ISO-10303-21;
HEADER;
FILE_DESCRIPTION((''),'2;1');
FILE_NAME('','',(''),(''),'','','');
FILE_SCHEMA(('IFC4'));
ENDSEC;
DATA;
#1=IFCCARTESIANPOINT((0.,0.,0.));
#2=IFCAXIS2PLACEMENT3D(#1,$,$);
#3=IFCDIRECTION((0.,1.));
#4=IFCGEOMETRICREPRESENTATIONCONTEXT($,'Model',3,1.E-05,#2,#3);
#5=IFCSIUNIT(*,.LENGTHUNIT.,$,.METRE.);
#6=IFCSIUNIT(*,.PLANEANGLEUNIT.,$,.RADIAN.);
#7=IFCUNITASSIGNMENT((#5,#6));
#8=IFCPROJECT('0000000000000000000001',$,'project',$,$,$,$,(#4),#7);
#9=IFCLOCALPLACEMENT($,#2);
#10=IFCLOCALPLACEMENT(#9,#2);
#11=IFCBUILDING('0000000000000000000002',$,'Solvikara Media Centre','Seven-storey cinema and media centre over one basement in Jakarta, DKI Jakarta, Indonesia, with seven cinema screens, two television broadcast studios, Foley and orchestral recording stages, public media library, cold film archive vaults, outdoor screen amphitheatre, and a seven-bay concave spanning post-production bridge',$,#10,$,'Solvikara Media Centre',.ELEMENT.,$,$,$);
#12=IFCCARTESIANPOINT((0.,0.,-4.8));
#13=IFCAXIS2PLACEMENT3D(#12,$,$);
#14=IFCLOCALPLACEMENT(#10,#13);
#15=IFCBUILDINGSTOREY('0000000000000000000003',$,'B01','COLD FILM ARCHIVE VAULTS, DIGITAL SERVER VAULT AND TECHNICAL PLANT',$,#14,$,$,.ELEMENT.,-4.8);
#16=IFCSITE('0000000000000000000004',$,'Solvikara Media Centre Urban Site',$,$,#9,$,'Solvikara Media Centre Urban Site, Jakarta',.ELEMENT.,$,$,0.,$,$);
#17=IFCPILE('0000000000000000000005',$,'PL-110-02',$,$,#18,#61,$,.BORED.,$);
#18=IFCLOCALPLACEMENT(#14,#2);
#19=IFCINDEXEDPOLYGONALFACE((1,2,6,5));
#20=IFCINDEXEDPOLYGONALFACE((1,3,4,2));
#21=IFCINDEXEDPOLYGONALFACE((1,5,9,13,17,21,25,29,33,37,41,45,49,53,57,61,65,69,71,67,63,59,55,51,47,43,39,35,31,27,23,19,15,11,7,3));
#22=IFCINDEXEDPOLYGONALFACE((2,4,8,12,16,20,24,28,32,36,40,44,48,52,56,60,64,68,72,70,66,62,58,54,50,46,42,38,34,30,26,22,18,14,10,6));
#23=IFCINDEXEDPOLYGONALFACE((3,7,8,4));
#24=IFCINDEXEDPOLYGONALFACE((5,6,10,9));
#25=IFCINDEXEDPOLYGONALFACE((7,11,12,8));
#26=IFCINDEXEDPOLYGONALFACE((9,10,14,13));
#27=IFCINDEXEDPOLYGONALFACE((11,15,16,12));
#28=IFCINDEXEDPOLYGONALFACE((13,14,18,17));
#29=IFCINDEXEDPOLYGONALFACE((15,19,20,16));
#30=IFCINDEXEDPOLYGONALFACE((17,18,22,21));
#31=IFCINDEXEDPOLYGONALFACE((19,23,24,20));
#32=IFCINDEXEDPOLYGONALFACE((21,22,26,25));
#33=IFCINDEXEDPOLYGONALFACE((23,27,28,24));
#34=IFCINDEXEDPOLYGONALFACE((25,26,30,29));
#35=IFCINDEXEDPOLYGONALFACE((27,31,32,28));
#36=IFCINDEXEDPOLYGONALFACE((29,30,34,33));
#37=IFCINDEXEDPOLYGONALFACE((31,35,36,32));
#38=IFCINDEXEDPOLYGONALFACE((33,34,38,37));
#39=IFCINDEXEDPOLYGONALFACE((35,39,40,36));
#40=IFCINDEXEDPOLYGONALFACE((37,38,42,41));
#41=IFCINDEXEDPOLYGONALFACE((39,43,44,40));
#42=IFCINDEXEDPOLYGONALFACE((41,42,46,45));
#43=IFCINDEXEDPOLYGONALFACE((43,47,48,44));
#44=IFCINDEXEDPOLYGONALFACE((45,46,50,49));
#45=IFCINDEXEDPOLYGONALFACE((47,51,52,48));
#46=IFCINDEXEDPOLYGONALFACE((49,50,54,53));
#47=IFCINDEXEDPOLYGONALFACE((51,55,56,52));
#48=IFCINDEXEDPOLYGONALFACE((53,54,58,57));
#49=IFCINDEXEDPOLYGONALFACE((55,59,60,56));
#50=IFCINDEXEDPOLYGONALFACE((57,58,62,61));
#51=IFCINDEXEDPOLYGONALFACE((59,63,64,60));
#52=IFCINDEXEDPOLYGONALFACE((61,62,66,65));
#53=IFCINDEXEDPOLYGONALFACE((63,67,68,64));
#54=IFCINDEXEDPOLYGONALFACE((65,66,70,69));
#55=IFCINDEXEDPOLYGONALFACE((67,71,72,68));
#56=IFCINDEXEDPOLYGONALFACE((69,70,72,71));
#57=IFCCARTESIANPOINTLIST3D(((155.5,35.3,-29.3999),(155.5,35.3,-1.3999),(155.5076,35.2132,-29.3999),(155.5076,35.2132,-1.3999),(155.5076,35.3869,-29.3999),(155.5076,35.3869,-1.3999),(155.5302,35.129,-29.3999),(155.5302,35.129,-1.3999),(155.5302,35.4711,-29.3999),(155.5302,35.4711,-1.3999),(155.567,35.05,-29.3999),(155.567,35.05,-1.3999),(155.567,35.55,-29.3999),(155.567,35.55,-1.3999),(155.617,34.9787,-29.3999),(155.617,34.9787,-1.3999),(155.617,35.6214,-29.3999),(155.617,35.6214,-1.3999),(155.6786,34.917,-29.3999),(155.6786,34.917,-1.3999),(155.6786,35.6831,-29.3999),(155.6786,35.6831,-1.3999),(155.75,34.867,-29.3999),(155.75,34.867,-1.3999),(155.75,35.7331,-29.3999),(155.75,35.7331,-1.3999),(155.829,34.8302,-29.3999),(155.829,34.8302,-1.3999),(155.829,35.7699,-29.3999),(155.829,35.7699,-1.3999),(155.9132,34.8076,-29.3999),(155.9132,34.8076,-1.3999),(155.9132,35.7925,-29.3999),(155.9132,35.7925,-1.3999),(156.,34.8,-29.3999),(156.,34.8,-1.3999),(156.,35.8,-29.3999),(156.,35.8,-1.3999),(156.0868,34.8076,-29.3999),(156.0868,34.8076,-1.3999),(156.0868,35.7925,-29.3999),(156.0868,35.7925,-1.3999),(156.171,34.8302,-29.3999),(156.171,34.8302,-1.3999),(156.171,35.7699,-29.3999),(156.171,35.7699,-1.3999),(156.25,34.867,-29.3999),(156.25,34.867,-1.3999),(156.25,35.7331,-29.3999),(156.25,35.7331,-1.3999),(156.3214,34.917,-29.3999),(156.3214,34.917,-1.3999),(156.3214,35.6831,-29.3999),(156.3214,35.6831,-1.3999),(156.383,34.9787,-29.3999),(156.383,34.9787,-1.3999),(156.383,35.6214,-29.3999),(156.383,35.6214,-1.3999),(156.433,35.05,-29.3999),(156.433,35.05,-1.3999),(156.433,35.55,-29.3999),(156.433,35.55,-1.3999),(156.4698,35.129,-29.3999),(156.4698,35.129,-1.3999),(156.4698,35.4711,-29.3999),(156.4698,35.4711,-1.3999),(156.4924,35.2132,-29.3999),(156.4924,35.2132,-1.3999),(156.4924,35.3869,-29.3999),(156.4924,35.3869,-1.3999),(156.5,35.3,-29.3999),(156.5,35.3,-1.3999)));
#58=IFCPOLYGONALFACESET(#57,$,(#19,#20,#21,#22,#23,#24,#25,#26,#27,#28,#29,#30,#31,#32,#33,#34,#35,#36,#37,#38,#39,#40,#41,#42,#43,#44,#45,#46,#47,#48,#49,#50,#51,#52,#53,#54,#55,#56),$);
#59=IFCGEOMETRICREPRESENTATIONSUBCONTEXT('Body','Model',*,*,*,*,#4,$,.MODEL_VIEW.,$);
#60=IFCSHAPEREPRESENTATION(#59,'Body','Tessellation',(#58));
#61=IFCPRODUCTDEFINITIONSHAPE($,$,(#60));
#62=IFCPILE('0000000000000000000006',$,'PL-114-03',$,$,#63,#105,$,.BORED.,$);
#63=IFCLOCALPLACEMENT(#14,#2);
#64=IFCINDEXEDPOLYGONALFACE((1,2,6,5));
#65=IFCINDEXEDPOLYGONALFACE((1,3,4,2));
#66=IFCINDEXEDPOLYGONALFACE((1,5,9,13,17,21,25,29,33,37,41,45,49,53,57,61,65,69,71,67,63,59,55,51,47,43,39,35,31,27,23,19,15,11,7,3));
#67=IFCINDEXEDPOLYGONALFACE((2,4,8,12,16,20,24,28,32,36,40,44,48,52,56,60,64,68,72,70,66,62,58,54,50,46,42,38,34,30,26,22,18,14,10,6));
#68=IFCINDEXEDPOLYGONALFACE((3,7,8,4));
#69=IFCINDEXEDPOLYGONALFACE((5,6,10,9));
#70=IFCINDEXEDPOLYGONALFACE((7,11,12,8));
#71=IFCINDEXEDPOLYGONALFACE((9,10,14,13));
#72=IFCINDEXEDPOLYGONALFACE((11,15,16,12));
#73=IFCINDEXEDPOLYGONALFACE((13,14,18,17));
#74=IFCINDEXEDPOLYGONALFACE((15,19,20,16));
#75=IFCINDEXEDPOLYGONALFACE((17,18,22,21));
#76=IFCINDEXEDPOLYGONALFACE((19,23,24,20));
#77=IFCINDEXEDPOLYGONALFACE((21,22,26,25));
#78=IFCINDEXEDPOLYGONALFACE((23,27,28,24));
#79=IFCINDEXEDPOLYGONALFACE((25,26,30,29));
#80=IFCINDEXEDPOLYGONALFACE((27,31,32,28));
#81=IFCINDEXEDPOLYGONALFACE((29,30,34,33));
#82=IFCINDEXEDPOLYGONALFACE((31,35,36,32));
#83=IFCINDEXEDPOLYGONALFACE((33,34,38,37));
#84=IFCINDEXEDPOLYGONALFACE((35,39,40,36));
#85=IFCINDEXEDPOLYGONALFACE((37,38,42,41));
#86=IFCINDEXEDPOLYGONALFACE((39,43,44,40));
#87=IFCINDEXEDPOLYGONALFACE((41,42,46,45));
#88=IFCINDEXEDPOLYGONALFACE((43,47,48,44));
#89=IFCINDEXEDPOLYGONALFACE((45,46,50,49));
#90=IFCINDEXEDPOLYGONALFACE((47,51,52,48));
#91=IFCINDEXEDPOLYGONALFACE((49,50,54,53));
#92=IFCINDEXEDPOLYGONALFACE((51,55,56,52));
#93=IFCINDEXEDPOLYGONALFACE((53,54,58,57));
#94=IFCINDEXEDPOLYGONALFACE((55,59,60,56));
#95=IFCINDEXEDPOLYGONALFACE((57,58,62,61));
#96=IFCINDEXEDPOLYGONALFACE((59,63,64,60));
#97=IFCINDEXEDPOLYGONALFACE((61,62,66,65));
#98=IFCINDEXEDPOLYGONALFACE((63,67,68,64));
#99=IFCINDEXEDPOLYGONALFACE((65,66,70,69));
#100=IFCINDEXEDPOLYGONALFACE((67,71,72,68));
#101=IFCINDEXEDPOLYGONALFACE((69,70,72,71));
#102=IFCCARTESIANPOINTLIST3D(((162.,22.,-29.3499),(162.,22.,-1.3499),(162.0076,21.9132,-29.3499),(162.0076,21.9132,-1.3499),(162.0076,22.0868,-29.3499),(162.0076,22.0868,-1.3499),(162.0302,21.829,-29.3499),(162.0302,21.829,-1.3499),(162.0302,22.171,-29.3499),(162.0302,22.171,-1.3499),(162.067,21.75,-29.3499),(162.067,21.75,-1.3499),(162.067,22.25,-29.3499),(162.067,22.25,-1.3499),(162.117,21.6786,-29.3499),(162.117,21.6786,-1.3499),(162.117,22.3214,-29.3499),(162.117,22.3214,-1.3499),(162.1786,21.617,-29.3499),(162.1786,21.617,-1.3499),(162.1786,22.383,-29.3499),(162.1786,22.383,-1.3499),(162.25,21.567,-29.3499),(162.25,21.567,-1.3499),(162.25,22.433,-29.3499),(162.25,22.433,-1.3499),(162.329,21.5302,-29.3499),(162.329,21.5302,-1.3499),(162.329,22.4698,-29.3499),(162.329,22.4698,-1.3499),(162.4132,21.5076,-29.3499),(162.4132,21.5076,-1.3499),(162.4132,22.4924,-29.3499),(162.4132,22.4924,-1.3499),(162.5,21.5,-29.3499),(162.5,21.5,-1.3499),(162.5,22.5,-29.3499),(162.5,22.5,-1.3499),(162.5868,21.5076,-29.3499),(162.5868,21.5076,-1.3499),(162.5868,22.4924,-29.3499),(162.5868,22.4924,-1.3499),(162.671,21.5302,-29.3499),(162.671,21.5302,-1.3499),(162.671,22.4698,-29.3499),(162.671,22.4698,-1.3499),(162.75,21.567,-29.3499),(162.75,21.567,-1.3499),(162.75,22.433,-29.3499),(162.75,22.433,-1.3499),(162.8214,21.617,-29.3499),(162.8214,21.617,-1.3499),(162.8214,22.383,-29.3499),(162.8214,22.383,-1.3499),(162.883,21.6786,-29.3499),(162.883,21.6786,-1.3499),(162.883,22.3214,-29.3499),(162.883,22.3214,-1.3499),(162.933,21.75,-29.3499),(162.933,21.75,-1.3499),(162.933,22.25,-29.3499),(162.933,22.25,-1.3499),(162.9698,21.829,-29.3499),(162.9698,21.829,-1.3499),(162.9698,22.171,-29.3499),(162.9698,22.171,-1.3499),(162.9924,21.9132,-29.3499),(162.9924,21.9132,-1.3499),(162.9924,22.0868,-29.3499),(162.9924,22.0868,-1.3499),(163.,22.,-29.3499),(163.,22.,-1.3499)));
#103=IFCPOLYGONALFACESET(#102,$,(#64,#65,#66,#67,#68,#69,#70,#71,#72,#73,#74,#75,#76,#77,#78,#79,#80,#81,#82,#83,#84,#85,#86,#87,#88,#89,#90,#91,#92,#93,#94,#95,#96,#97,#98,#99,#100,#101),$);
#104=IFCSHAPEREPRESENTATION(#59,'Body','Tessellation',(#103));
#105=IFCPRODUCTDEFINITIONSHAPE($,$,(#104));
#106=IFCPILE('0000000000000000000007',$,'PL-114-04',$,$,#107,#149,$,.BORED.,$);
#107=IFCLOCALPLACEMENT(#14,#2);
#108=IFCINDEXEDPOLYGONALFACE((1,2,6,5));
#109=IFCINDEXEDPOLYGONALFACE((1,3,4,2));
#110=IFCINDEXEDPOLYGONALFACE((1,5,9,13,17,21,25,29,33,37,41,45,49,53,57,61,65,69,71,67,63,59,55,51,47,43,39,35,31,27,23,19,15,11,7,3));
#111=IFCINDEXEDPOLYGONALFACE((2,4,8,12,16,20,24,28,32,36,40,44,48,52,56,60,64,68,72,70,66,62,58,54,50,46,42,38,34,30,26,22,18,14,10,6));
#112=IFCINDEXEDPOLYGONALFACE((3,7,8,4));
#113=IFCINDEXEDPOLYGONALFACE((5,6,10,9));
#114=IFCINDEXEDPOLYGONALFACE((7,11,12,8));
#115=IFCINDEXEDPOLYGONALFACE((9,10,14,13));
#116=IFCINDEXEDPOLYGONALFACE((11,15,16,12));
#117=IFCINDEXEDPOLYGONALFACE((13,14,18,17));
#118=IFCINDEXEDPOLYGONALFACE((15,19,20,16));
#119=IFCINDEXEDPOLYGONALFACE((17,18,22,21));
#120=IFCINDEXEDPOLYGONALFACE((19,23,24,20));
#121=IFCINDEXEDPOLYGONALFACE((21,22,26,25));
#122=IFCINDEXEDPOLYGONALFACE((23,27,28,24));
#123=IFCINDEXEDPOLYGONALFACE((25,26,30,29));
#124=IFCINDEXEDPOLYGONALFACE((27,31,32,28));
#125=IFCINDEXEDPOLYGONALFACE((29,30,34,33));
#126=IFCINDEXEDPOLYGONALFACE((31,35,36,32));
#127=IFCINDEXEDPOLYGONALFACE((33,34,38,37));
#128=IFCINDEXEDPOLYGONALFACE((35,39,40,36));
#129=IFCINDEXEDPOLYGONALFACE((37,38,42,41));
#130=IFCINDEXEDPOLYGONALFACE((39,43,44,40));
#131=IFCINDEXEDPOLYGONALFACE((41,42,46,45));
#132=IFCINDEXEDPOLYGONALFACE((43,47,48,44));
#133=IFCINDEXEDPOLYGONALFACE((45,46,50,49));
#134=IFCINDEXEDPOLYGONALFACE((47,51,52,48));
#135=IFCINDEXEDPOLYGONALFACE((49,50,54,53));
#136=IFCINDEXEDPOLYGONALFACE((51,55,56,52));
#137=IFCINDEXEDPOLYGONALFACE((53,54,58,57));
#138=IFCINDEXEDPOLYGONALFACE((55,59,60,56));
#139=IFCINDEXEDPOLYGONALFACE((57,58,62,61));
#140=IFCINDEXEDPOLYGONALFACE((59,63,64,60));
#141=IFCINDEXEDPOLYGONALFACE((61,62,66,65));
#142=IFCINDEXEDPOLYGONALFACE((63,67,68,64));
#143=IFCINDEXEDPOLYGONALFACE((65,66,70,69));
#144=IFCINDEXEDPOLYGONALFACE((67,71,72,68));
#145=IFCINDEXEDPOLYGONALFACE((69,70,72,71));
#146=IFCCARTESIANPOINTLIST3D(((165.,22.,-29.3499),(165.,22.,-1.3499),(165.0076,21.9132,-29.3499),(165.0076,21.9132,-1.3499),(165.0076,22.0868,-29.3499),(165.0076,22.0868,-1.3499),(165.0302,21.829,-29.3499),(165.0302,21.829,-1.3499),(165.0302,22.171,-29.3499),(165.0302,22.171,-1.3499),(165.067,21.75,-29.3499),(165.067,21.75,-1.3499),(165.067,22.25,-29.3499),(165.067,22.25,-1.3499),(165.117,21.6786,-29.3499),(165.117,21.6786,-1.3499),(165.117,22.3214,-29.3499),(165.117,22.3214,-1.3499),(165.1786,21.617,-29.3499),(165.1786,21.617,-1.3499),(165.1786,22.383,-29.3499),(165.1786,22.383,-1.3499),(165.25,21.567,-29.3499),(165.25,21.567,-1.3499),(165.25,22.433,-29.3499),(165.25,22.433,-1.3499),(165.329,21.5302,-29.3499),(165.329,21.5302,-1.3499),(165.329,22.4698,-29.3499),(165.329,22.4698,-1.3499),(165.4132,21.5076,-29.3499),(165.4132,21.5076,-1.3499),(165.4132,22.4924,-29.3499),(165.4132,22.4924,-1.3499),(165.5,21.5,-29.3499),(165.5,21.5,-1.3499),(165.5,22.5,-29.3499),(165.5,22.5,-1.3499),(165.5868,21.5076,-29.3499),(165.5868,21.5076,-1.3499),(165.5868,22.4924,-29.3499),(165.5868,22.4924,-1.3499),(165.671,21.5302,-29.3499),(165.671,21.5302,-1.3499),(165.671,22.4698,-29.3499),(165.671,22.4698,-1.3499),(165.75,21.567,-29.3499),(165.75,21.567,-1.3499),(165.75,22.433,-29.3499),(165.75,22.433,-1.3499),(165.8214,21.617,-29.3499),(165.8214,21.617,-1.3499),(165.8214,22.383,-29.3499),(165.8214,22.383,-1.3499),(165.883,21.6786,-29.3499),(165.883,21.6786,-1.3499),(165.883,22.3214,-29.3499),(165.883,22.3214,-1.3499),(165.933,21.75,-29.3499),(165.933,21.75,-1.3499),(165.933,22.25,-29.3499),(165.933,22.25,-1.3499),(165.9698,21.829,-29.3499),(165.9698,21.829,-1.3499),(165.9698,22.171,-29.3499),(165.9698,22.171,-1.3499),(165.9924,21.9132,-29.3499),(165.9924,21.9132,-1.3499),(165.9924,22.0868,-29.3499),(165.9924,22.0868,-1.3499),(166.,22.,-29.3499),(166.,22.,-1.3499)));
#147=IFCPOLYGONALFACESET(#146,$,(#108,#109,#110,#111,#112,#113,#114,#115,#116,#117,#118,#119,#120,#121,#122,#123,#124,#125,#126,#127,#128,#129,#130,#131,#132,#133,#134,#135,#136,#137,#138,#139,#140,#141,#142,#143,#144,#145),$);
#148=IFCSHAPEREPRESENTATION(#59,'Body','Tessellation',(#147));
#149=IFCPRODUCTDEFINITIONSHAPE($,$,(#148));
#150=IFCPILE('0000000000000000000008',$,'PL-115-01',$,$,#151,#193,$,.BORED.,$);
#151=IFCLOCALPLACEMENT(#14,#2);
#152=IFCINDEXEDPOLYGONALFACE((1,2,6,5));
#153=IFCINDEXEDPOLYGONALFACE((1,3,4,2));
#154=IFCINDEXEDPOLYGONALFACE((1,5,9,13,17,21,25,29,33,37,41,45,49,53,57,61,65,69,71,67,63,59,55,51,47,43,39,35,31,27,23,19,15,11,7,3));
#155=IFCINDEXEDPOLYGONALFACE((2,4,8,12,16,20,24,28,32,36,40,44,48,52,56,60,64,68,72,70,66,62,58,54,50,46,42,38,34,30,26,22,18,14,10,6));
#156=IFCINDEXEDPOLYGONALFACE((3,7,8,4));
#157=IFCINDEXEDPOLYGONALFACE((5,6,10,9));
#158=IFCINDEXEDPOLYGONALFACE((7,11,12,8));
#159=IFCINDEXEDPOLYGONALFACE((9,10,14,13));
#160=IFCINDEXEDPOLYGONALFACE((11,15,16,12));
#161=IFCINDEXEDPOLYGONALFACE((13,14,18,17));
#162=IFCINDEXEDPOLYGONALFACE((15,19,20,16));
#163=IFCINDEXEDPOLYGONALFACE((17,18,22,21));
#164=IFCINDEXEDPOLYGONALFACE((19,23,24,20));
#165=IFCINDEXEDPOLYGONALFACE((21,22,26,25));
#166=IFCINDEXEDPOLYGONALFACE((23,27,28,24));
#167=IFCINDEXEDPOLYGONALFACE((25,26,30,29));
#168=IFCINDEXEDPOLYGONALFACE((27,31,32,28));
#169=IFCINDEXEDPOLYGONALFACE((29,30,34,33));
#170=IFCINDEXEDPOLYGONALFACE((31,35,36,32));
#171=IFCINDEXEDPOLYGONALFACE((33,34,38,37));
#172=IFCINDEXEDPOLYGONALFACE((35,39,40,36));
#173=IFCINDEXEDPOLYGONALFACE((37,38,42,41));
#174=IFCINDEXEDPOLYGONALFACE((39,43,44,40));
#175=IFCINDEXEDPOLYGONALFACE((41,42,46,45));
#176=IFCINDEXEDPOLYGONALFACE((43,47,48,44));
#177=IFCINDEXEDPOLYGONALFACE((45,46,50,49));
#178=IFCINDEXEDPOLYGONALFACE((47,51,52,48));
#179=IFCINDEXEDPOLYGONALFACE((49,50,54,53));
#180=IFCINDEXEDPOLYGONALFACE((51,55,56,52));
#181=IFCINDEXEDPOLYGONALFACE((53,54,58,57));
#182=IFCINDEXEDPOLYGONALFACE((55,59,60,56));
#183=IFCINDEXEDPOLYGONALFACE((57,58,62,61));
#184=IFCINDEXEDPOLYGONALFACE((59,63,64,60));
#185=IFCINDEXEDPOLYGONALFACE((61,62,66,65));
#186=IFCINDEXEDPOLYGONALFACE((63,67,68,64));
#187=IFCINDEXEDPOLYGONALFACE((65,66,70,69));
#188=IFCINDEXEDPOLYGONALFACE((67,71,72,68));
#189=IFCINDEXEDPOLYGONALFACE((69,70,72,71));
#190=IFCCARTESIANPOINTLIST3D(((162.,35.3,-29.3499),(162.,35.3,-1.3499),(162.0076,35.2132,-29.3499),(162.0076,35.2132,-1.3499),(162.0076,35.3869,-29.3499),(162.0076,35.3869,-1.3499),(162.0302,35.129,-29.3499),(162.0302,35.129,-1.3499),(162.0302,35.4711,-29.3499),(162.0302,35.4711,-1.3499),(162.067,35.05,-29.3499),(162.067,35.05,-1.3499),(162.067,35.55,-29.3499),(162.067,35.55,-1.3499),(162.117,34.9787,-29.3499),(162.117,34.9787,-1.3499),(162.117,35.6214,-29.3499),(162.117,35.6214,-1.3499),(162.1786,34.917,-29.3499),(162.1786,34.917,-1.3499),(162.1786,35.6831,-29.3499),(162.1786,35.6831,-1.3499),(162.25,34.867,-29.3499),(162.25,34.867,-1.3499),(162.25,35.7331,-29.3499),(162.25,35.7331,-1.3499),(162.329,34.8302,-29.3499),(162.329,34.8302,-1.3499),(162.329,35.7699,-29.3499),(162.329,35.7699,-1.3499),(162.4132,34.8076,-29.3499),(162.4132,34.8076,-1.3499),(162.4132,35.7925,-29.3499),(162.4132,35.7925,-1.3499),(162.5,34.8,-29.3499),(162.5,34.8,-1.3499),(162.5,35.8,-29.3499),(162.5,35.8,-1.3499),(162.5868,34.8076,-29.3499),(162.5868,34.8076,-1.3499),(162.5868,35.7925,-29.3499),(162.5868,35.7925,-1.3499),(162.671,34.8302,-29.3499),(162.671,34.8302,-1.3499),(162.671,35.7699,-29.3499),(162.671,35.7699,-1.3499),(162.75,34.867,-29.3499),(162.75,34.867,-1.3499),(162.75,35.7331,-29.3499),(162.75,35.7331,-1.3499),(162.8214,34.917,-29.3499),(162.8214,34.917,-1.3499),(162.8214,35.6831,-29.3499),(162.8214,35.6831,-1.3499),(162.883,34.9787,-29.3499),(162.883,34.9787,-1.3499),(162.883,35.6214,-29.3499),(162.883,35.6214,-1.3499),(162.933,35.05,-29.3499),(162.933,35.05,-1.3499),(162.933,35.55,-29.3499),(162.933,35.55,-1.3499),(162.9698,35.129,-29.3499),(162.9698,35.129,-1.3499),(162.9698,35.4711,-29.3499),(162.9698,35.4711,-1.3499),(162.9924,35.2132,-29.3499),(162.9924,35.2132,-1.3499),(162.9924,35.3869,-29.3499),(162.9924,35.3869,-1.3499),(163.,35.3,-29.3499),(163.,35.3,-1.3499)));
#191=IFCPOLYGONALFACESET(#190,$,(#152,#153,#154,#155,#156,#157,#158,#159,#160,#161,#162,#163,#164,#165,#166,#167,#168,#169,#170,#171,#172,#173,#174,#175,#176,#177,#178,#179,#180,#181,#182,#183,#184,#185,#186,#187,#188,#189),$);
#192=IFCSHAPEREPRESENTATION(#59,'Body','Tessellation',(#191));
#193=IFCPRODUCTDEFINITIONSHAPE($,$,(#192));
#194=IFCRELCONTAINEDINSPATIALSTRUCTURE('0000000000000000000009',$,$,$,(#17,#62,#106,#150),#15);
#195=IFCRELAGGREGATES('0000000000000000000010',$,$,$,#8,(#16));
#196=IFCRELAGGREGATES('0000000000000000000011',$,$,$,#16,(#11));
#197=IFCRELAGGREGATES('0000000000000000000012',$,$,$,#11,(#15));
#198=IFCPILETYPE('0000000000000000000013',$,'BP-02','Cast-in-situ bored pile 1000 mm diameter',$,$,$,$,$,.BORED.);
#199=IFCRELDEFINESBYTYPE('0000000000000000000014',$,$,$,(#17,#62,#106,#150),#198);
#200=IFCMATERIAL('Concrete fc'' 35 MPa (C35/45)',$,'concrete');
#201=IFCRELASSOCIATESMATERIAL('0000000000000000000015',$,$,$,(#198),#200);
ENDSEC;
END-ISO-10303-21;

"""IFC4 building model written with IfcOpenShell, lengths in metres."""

from ifc_helpers import new_model, si_unit, direction, frame, origin, origin_2d, place, context, subcontext, project, spatial, circle, extrude, material, material_profile, profile_set, type_object, element, save


model = new_model("IFC4")

# Units and contexts
model_context = context("Model", 3, precision=1e-05, world=origin(), true_north=direction((0.0, 1.0)))
body_context = subcontext(model_context, "Body", "Model", "MODEL_VIEW")
ifc_project = project(units=[si_unit("LENGTHUNIT", "METRE"), si_unit("PLANEANGLEUNIT", "RADIAN")], contexts=[model_context])

# Site, building, storey
site_placement = place(None, origin())
site = spatial("IfcSite", under=ifc_project, at=site_placement, Name="Solvikara Media Centre Urban Site", LongName="Solvikara Media Centre Urban Site, Jakarta", CompositionType="ELEMENT", RefElevation=0.0)
building_placement = place(site_placement, origin())
building = spatial("IfcBuilding", under=site, at=building_placement, Name="Solvikara Media Centre", Description="Seven-storey cinema and media centre over one basement in Jakarta, DKI Jakarta, Indonesia, with seven cinema screens, two television broadcast studios, Foley and orchestral recording stages, public media library, cold film archive vaults, outdoor screen amphitheatre, and a seven-bay concave spanning post-production bridge", LongName="Solvikara Media Centre", CompositionType="ELEMENT")
storey_placement = place(building_placement, frame((0.0, 0.0, -4.8)))
storey = spatial("IfcBuildingStorey", under=building, at=storey_placement, Name="B01", Description="COLD FILM ARCHIVE VAULTS, DIGITAL SERVER VAULT AND TECHNICAL PLANT", CompositionType="ELEMENT", Elevation=-4.8)

# Piles
ifc_material_1 = material(Name="Concrete fc' 35 MPa (C35/45)", Category="concrete")
ifc_material_profile_1 = material_profile(ifc_material_1, circle(Radius=0.5, at=origin_2d()), Name="BORED PILE D1000")
ifc_profile_set_1 = profile_set([ifc_material_profile_1], Name="Concrete fc' 35 MPa (C35/45)")
pile_type_1 = type_object("IfcPileType", Name="BP-02", Description="Cast-in-situ bored pile 1000 mm diameter", PredefinedType="BORED", material=ifc_profile_set_1)
for number, where, z_axis, x_axis, name in (
    (1, (156.0, 35.3, -1.3999), (0.0, 0.0, -1.0), (1.0, 0.0, 0.0), "PL-110-02"),
    (2, (162.5, 22.0, -1.3499), (0.0, 0.0, -1.0), (1.0, 0.0, 0.0), "PL-114-03"),
    (3, (165.5, 22.0, -1.3499), (0.0, 0.0, -1.0), (1.0, 0.0, 0.0), "PL-114-04"),
    (4, (162.5, 35.3, -1.3499), (0.0, 0.0, -1.0), (1.0, 0.0, 0.0), "PL-115-01"),
):
    element("IfcPile", number, at=place(storey_placement, frame(where, z_axis=z_axis, x_axis=x_axis)), inside=storey, type_object=pile_type_1, Name=name, PredefinedType="BORED", context=body_context, shape_type="SweptSolid", body=[
        extrude(circle(Radius=0.5, at=origin_2d()), origin(), (0.0, 0.0, 1.0), 28.0),
    ])

save(model, "model.ifc")
